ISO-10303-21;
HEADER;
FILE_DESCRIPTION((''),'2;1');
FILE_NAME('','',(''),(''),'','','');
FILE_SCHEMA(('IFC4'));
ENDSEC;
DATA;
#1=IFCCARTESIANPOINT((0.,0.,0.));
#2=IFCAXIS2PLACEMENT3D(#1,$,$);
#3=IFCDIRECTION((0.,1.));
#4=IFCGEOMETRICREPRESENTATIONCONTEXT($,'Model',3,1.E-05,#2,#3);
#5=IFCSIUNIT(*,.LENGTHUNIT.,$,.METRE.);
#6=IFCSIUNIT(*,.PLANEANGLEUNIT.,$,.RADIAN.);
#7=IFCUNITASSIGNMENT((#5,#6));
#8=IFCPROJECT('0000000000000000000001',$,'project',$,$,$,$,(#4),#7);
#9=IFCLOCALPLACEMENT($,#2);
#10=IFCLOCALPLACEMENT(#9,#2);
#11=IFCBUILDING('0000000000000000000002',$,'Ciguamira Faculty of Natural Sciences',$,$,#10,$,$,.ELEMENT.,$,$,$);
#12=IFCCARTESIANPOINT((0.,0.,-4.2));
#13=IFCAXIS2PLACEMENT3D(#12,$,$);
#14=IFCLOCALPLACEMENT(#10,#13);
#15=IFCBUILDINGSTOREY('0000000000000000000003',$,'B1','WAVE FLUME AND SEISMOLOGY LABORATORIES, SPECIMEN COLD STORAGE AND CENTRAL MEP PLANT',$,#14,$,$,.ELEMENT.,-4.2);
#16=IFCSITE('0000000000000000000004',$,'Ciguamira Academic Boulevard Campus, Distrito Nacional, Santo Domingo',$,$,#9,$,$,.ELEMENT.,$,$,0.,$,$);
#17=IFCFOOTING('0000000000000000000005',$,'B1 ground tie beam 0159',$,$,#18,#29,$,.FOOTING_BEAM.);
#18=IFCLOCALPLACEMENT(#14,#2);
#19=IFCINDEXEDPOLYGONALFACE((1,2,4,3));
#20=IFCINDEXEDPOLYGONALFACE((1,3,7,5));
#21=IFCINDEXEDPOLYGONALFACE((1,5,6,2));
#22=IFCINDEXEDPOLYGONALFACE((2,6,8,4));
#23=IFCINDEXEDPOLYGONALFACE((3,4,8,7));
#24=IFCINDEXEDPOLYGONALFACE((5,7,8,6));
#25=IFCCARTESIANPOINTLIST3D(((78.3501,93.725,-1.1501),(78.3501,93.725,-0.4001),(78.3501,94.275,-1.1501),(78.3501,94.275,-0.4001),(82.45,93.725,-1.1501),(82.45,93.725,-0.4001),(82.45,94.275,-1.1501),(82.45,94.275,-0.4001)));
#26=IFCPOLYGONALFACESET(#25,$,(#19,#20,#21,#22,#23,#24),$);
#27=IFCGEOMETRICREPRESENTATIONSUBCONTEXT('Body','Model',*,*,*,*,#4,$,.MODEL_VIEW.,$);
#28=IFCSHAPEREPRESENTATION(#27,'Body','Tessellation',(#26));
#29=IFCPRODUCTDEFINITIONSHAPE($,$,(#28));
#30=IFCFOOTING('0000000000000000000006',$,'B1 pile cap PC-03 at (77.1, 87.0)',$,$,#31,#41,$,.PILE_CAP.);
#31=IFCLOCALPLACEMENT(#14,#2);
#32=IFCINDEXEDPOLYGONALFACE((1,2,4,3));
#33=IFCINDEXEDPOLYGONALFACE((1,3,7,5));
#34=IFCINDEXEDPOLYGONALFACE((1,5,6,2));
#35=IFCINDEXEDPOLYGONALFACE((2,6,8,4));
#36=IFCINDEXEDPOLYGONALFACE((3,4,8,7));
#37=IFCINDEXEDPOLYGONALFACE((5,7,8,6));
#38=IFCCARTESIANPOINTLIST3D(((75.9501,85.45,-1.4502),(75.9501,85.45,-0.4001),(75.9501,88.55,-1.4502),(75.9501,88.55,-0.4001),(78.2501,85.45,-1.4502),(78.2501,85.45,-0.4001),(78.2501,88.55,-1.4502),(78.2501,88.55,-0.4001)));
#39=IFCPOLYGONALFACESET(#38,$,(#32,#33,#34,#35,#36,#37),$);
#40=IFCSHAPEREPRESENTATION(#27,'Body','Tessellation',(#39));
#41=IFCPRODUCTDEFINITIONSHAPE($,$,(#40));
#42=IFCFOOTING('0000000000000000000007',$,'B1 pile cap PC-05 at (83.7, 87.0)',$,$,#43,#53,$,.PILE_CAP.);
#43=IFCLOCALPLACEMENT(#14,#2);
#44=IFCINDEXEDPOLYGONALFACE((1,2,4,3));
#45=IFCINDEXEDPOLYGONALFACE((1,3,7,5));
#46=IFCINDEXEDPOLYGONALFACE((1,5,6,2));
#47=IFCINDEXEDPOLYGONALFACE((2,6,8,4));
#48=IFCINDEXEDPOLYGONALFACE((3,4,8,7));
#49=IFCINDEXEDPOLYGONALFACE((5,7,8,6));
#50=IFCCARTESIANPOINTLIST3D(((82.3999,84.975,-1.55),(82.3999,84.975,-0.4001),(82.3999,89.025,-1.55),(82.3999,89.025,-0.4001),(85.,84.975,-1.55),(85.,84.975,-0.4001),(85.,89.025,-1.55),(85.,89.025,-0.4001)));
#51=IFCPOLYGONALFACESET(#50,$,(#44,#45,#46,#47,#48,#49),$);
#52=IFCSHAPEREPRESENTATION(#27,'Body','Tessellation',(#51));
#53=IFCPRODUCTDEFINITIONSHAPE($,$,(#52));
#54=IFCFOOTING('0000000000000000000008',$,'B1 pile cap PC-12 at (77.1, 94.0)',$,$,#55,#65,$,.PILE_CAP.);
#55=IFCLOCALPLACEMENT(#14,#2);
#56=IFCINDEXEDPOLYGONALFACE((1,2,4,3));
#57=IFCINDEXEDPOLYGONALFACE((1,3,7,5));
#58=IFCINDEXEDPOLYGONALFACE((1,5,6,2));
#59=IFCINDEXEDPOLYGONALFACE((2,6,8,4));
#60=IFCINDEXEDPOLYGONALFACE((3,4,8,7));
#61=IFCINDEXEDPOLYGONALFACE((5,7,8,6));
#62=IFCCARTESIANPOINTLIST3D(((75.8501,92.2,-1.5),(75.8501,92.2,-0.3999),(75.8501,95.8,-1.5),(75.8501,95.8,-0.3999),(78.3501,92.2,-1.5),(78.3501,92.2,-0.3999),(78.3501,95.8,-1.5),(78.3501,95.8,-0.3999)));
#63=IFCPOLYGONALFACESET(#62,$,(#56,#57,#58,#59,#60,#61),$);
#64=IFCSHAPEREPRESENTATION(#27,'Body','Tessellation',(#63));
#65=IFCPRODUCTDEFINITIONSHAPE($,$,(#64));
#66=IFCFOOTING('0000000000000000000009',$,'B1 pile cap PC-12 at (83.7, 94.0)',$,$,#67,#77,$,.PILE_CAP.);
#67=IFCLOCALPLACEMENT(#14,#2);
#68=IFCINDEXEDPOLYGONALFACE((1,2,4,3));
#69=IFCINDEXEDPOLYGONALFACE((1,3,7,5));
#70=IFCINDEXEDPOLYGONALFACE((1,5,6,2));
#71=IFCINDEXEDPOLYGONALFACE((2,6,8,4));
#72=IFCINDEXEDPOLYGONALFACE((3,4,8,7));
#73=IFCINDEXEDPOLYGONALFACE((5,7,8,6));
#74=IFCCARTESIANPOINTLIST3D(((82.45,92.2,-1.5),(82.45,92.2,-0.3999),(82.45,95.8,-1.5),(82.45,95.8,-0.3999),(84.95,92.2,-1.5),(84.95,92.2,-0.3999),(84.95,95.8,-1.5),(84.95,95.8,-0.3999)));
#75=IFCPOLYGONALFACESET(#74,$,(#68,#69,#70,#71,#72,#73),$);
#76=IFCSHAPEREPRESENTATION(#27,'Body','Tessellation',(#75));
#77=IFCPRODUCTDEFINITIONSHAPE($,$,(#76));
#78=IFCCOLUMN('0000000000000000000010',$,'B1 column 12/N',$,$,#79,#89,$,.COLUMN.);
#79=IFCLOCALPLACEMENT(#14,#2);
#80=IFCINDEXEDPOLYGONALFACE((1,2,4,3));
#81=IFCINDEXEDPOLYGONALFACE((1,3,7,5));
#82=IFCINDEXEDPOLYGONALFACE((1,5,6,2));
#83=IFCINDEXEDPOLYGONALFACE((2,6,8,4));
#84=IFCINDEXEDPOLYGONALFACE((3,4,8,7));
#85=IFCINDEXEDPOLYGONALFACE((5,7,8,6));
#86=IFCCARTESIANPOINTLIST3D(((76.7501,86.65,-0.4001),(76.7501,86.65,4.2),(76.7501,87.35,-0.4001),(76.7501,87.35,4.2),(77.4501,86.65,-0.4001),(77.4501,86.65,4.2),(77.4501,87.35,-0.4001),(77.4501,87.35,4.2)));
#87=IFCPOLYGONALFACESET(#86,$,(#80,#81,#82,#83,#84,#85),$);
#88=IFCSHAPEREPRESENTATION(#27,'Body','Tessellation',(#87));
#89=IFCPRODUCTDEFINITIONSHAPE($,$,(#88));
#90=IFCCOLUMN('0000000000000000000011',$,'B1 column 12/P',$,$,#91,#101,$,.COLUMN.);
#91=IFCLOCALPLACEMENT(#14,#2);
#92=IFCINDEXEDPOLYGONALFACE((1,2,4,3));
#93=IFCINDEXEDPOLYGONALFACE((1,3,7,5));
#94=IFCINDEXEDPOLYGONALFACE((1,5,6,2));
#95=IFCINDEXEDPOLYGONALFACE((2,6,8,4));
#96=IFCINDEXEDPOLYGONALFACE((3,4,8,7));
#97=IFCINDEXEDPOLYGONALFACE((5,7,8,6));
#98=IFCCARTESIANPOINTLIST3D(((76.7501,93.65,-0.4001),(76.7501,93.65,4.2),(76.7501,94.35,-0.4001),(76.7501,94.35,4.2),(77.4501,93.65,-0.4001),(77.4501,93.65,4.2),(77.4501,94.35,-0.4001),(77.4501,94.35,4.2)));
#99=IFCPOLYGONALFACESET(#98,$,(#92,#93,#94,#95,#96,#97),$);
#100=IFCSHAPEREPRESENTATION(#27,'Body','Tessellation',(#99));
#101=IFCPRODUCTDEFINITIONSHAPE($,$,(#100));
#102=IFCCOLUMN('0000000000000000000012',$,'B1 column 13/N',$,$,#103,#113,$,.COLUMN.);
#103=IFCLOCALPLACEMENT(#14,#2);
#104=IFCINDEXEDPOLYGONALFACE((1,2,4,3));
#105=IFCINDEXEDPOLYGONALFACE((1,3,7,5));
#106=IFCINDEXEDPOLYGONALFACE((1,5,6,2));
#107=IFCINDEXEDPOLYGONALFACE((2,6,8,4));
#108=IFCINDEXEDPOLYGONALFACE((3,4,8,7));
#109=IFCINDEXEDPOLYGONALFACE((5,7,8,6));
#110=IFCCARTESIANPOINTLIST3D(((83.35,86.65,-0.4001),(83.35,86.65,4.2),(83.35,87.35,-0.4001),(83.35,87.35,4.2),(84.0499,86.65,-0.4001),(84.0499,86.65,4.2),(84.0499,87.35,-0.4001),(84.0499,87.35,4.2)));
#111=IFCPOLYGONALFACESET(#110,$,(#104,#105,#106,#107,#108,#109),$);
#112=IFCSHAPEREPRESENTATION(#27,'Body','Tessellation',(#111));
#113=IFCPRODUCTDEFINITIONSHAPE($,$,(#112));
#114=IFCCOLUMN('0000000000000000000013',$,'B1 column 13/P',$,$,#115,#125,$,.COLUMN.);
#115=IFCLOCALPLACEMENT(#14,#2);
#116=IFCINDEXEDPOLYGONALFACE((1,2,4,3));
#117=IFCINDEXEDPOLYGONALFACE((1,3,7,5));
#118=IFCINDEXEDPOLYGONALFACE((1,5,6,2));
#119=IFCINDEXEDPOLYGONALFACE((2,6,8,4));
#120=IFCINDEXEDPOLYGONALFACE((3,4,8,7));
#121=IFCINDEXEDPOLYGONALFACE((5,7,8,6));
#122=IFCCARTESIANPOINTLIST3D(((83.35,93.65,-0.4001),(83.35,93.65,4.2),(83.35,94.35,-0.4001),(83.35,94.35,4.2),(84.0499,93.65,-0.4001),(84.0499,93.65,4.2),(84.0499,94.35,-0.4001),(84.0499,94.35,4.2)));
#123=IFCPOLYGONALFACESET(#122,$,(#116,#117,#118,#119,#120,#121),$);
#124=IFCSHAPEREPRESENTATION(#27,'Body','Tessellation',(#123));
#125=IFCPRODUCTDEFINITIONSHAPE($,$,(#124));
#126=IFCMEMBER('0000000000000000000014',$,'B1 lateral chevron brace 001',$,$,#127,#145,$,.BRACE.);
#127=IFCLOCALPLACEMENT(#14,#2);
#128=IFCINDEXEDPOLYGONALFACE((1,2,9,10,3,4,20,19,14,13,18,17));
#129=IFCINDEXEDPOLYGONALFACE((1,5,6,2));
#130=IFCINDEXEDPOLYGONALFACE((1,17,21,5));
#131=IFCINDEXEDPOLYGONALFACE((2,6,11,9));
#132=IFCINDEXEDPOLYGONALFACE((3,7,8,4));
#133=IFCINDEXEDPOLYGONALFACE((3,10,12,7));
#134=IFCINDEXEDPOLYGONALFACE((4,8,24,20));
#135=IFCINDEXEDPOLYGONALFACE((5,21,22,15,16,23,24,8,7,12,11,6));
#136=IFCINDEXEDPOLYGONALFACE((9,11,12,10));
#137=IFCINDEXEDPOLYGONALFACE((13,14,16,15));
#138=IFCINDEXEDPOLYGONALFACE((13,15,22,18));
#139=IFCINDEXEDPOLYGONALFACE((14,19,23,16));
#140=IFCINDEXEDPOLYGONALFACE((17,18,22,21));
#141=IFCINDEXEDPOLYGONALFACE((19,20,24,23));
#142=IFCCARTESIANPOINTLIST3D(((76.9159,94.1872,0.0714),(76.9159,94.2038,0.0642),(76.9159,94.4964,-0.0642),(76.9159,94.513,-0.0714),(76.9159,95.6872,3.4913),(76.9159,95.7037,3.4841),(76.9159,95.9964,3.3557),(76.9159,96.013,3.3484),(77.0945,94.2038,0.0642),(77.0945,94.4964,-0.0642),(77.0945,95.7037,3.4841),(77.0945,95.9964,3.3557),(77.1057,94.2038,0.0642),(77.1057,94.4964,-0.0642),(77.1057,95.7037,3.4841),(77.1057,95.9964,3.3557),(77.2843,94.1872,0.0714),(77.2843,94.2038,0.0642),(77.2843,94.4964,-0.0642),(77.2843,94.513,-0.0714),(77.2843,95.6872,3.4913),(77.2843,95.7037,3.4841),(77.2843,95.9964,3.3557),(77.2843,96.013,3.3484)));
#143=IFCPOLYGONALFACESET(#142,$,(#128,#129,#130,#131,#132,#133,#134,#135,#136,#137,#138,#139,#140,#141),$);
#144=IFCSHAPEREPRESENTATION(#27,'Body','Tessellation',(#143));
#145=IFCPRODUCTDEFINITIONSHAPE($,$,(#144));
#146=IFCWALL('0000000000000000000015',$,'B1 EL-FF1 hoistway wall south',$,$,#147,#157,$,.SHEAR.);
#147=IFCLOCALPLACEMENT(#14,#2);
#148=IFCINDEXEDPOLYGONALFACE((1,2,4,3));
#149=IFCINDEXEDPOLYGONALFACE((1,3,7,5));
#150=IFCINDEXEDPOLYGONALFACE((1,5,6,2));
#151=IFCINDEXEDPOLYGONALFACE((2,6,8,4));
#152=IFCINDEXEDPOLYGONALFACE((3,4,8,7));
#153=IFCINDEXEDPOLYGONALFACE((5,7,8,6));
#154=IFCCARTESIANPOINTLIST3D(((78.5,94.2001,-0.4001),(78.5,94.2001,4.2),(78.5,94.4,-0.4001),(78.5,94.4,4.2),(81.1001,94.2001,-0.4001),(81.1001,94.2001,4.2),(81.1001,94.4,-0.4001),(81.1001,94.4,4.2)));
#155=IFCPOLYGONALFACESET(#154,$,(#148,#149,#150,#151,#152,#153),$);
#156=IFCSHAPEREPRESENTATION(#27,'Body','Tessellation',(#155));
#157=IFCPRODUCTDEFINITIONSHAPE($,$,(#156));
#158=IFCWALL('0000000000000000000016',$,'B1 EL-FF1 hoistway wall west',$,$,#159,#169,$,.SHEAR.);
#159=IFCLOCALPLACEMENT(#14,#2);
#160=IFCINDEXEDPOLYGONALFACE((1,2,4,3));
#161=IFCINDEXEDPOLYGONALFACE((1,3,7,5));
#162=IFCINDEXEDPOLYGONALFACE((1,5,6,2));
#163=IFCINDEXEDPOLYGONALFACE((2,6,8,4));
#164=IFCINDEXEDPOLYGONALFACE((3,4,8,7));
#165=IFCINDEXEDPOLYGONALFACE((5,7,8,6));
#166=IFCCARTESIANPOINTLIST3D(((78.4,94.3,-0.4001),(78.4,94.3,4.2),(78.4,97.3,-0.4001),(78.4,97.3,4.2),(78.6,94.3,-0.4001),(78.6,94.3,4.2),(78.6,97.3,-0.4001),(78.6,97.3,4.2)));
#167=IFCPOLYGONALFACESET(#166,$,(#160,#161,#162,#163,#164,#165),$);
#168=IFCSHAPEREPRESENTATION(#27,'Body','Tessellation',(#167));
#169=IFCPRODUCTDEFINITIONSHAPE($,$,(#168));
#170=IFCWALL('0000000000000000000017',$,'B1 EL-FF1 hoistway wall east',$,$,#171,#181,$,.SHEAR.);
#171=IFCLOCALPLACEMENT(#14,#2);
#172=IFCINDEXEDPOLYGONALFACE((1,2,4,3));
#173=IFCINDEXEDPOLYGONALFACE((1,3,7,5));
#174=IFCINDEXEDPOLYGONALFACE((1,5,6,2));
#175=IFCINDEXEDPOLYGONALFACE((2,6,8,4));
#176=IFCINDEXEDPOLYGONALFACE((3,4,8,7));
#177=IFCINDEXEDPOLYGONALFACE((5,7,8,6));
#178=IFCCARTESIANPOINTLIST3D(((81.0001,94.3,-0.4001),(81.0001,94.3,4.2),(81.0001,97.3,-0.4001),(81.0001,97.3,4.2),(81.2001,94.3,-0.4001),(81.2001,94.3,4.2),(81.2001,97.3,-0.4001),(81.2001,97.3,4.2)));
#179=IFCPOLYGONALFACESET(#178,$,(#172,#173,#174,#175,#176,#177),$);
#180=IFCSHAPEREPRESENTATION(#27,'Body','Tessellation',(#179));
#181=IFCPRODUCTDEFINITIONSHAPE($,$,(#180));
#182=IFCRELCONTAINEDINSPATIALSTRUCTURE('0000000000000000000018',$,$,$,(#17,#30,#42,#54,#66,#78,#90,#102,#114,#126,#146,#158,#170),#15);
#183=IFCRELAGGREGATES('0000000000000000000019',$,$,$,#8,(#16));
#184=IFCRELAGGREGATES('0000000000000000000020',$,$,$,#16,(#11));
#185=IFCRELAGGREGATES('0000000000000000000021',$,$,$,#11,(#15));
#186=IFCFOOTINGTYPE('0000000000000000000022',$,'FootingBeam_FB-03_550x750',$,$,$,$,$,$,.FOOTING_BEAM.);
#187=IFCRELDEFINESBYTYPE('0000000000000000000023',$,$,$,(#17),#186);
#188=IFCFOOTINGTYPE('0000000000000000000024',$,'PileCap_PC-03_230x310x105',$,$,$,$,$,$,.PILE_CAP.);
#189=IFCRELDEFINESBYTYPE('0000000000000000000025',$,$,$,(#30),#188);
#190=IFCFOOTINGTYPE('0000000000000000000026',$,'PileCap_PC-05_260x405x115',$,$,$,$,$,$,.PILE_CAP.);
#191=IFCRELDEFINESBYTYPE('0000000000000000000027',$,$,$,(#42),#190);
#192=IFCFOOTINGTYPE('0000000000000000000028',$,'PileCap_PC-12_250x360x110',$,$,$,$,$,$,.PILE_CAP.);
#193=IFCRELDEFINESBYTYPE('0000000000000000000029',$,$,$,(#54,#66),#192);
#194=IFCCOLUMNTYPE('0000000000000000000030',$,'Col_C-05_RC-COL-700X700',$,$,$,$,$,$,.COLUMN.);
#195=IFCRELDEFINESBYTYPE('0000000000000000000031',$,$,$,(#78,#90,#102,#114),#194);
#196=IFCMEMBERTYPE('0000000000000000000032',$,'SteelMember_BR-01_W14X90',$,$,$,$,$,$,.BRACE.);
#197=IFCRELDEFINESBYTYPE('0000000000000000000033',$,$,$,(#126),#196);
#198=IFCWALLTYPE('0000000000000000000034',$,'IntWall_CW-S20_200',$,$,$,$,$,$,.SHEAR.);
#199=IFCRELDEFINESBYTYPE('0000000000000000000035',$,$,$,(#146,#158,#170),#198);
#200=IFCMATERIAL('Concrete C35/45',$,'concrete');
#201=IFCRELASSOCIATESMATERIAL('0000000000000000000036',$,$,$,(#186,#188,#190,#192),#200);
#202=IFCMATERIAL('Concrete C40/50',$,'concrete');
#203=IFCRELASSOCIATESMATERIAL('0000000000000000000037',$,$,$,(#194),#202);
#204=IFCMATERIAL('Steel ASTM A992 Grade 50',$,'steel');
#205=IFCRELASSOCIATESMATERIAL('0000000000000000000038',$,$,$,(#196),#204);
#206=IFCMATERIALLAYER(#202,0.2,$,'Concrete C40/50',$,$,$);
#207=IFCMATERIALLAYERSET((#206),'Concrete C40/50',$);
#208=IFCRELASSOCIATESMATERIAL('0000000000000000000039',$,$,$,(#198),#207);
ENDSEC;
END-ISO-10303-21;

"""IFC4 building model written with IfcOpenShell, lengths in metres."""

from ifc_helpers import new_model, si_unit, direction, frame, frame_2d, origin, origin_2d, place, context, subcontext, project, spatial, rectangle, i_section, extrude, material, layer, layer_set, material_profile, profile_set, type_object, element, save


model = new_model("IFC4")

# Units and contexts
model_context = context("Model", 3, precision=1e-05, world=origin(), true_north=direction((0.0, 1.0)))
body_context = subcontext(model_context, "Body", "Model", "MODEL_VIEW")
ifc_project = project(units=[si_unit("LENGTHUNIT", "METRE"), si_unit("PLANEANGLEUNIT", "RADIAN")], contexts=[model_context])

# Site, building, storey
site_placement = place(None, origin())
site = spatial("IfcSite", under=ifc_project, at=site_placement, Name="Ciguamira Academic Boulevard Campus, Distrito Nacional, Santo Domingo", CompositionType="ELEMENT", RefElevation=0.0)
building_placement = place(site_placement, origin())
building = spatial("IfcBuilding", under=site, at=building_placement, Name="Ciguamira Faculty of Natural Sciences", CompositionType="ELEMENT")
storey_placement = place(building_placement, frame((0.0, 0.0, -4.2)))
storey = spatial("IfcBuildingStorey", under=building, at=storey_placement, Name="B1", Description="WAVE FLUME AND SEISMOLOGY LABORATORIES, SPECIMEN COLD STORAGE AND CENTRAL MEP PLANT", CompositionType="ELEMENT", Elevation=-4.2)

# Shared definitions
ifc_material_1 = material(Name="Concrete C35/45", Category="concrete")

# Footings
ifc_material_profile_1 = material_profile(ifc_material_1, rectangle(XDim=0.55, YDim=0.75, at=origin_2d()), Name="RC-FB-550X750")
ifc_profile_set_1 = profile_set([ifc_material_profile_1], Name="Concrete C35/45")
footing_type_1 = type_object("IfcFootingType", Name="FootingBeam_FB-03_550x750", PredefinedType="FOOTING_BEAM", material=ifc_profile_set_1)
footing_1_placement = place(storey_placement, frame((78.3501, 94.0, -0.7751), z_axis=(1.0, 0.0, 0.0), x_axis=(0.0, 1.0, 0.0)))
element("IfcFooting", 1, at=footing_1_placement, inside=storey, type_object=footing_type_1, Name="B1 ground tie beam 0159", PredefinedType="FOOTING_BEAM", context=body_context, shape_type="SweptSolid", body=[
    extrude(rectangle(XDim=0.55, YDim=0.75, at=origin_2d()), origin(), (0.0, 0.0, 1.0), 4.0999),
])
footing_type_2 = type_object("IfcFootingType", Name="PileCap_PC-03_230x310x105", PredefinedType="PILE_CAP", material=ifc_material_1)
footing_2_placement = place(storey_placement, frame((77.1001, 87.0, -1.4502), z_axis=(0.0, 0.0, 1.0), x_axis=(1.0, 0.0, 0.0)))
element("IfcFooting", 2, at=footing_2_placement, inside=storey, type_object=footing_type_2, Name="B1 pile cap PC-03 at (77.1, 87.0)", PredefinedType="PILE_CAP", context=body_context, shape_type="SweptSolid", body=[
    extrude(rectangle(XDim=2.3, YDim=3.1001, at=origin_2d()), origin(), (0.0, 0.0, 1.0), 1.05),
])
footing_type_3 = type_object("IfcFootingType", Name="PileCap_PC-05_260x405x115", PredefinedType="PILE_CAP", material=ifc_material_1)
footing_3_placement = place(storey_placement, frame((83.7, 87.0, -1.55), z_axis=(0.0, 0.0, 1.0), x_axis=(1.0, 0.0, 0.0)))
element("IfcFooting", 3, at=footing_3_placement, inside=storey, type_object=footing_type_3, Name="B1 pile cap PC-05 at (83.7, 87.0)", PredefinedType="PILE_CAP", context=body_context, shape_type="SweptSolid", body=[
    extrude(rectangle(XDim=2.6001, YDim=4.05, at=origin_2d()), origin(), (0.0, 0.0, 1.0), 1.1499),
])
footing_type_4 = type_object("IfcFootingType", Name="PileCap_PC-12_250x360x110", PredefinedType="PILE_CAP", material=ifc_material_1)
for number, where, z_axis, x_axis, name in (
    (4, (77.1001, 94.0, -1.5), (0.0, 0.0, 1.0), (1.0, 0.0, 0.0), "B1 pile cap PC-12 at (77.1, 94.0)"),
    (5, (83.7, 94.0, -1.5), (0.0, 0.0, 1.0), (1.0, 0.0, 0.0), "B1 pile cap PC-12 at (83.7, 94.0)"),
):
    element("IfcFooting", number, at=place(storey_placement, frame(where, z_axis=z_axis, x_axis=x_axis)), inside=storey, type_object=footing_type_4, Name=name, PredefinedType="PILE_CAP", context=body_context, shape_type="SweptSolid", body=[
        extrude(rectangle(XDim=2.5, YDim=3.6001, at=origin_2d()), origin(), (0.0, 0.0, 1.0), 1.1001),
    ])

# Columns
ifc_material_2 = material(Name="Concrete C40/50", Category="concrete")
ifc_material_profile_2 = material_profile(ifc_material_2, rectangle(XDim=0.7, YDim=0.7, at=origin_2d()), Name="RC-COL-700X700")
ifc_profile_set_2 = profile_set([ifc_material_profile_2], Name="Concrete C40/50")
column_type = type_object("IfcColumnType", Name="Col_C-05_RC-COL-700X700", PredefinedType="COLUMN", material=ifc_profile_set_2)
for number, where, z_axis, x_axis, name in (
    (6, (77.1001, 87.0, -0.4001), (0.0, 0.0, 1.0), (1.0, 0.0, 0.0), "B1 column 12/N"),
    (7, (77.1001, 94.0, -0.4001), (0.0, 0.0, 1.0), (1.0, 0.0, 0.0), "B1 column 12/P"),
    (8, (83.7, 87.0, -0.4001), (0.0, 0.0, 1.0), (1.0, 0.0, 0.0), "B1 column 13/N"),
    (9, (83.7, 94.0, -0.4001), (0.0, 0.0, 1.0), (1.0, 0.0, 0.0), "B1 column 13/P"),
):
    element("IfcColumn", number, at=place(storey_placement, frame(where, z_axis=z_axis, x_axis=x_axis)), inside=storey, type_object=column_type, Name=name, PredefinedType="COLUMN", context=body_context, shape_type="SweptSolid", body=[
        extrude(rectangle(XDim=0.7, YDim=0.7, at=origin_2d()), origin(), (0.0, 0.0, 1.0), 4.6001),
    ])

# Member
ifc_material_3 = material(Name="Steel ASTM A992 Grade 50", Category="steel")
ifc_material_profile_3 = material_profile(ifc_material_3, i_section(OverallWidth=0.3684, OverallDepth=0.3557, WebThickness=0.0112, FlangeThickness=0.0181, at=origin_2d()), Name="W14X90")
ifc_profile_set_3 = profile_set([ifc_material_profile_3], Name="Steel ASTM A992 Grade 50")
member_type = type_object("IfcMemberType", Name="SteelMember_BR-01_W14X90", PredefinedType="BRACE", material=ifc_profile_set_3)
member_placement = place(storey_placement, frame((77.1001, 94.3501, 0.0), z_axis=(0.0, 0.401669, 0.915785), x_axis=(-1.0, 0.0, 0.0)))
element("IfcMember", 10, at=member_placement, inside=storey, type_object=member_type, Name="B1 lateral chevron brace 001", PredefinedType="BRACE", context=body_context, shape_type="SweptSolid", body=[
    extrude(i_section(OverallWidth=0.3684, OverallDepth=0.3557, WebThickness=0.0112, FlangeThickness=0.0181, at=origin_2d()), origin(), (0.0, 0.0, 1.0), 3.7344),
])

# Walls
ifc_layer = layer(ifc_material_2, 0.2, Name="Concrete C40/50")
ifc_layer_set = layer_set([ifc_layer], Name="Concrete C40/50")
wall_type = type_object("IfcWallType", Name="IntWall_CW-S20_200", PredefinedType="SHEAR", material=ifc_layer_set)
wall_placement = place(storey_placement, frame((78.5, 94.3, -0.4001), z_axis=(0.0, 0.0, 1.0), x_axis=(1.0, 0.0, 0.0)))
element("IfcWall", 11, at=wall_placement, inside=storey, type_object=wall_type, Name="B1 EL-FF1 hoistway wall south", PredefinedType="SHEAR", context=body_context, shape_type="SweptSolid", body=[
    extrude(rectangle(XDim=2.6001, YDim=0.2, at=frame_2d((1.3, 0.0))), origin(), (0.0, 0.0, 1.0), 4.6001),
])
for number, where, z_axis, x_axis, name in (
    (12, (78.5, 94.3, -0.4001), (0.0, 0.0, 1.0), (0.0, 1.0, 0.0), "B1 EL-FF1 hoistway wall west"),
    (13, (81.1001, 94.3, -0.4001), (0.0, 0.0, 1.0), (0.0, 1.0, 0.0), "B1 EL-FF1 hoistway wall east"),
):
    element("IfcWall", number, at=place(storey_placement, frame(where, z_axis=z_axis, x_axis=x_axis)), inside=storey, type_object=wall_type, Name=name, PredefinedType="SHEAR", context=body_context, shape_type="SweptSolid", body=[
        extrude(rectangle(XDim=3.0, YDim=0.2, at=frame_2d((1.5, 0.0))), origin(), (0.0, 0.0, 1.0), 4.6001),
    ])

save(model, "model.ifc")
